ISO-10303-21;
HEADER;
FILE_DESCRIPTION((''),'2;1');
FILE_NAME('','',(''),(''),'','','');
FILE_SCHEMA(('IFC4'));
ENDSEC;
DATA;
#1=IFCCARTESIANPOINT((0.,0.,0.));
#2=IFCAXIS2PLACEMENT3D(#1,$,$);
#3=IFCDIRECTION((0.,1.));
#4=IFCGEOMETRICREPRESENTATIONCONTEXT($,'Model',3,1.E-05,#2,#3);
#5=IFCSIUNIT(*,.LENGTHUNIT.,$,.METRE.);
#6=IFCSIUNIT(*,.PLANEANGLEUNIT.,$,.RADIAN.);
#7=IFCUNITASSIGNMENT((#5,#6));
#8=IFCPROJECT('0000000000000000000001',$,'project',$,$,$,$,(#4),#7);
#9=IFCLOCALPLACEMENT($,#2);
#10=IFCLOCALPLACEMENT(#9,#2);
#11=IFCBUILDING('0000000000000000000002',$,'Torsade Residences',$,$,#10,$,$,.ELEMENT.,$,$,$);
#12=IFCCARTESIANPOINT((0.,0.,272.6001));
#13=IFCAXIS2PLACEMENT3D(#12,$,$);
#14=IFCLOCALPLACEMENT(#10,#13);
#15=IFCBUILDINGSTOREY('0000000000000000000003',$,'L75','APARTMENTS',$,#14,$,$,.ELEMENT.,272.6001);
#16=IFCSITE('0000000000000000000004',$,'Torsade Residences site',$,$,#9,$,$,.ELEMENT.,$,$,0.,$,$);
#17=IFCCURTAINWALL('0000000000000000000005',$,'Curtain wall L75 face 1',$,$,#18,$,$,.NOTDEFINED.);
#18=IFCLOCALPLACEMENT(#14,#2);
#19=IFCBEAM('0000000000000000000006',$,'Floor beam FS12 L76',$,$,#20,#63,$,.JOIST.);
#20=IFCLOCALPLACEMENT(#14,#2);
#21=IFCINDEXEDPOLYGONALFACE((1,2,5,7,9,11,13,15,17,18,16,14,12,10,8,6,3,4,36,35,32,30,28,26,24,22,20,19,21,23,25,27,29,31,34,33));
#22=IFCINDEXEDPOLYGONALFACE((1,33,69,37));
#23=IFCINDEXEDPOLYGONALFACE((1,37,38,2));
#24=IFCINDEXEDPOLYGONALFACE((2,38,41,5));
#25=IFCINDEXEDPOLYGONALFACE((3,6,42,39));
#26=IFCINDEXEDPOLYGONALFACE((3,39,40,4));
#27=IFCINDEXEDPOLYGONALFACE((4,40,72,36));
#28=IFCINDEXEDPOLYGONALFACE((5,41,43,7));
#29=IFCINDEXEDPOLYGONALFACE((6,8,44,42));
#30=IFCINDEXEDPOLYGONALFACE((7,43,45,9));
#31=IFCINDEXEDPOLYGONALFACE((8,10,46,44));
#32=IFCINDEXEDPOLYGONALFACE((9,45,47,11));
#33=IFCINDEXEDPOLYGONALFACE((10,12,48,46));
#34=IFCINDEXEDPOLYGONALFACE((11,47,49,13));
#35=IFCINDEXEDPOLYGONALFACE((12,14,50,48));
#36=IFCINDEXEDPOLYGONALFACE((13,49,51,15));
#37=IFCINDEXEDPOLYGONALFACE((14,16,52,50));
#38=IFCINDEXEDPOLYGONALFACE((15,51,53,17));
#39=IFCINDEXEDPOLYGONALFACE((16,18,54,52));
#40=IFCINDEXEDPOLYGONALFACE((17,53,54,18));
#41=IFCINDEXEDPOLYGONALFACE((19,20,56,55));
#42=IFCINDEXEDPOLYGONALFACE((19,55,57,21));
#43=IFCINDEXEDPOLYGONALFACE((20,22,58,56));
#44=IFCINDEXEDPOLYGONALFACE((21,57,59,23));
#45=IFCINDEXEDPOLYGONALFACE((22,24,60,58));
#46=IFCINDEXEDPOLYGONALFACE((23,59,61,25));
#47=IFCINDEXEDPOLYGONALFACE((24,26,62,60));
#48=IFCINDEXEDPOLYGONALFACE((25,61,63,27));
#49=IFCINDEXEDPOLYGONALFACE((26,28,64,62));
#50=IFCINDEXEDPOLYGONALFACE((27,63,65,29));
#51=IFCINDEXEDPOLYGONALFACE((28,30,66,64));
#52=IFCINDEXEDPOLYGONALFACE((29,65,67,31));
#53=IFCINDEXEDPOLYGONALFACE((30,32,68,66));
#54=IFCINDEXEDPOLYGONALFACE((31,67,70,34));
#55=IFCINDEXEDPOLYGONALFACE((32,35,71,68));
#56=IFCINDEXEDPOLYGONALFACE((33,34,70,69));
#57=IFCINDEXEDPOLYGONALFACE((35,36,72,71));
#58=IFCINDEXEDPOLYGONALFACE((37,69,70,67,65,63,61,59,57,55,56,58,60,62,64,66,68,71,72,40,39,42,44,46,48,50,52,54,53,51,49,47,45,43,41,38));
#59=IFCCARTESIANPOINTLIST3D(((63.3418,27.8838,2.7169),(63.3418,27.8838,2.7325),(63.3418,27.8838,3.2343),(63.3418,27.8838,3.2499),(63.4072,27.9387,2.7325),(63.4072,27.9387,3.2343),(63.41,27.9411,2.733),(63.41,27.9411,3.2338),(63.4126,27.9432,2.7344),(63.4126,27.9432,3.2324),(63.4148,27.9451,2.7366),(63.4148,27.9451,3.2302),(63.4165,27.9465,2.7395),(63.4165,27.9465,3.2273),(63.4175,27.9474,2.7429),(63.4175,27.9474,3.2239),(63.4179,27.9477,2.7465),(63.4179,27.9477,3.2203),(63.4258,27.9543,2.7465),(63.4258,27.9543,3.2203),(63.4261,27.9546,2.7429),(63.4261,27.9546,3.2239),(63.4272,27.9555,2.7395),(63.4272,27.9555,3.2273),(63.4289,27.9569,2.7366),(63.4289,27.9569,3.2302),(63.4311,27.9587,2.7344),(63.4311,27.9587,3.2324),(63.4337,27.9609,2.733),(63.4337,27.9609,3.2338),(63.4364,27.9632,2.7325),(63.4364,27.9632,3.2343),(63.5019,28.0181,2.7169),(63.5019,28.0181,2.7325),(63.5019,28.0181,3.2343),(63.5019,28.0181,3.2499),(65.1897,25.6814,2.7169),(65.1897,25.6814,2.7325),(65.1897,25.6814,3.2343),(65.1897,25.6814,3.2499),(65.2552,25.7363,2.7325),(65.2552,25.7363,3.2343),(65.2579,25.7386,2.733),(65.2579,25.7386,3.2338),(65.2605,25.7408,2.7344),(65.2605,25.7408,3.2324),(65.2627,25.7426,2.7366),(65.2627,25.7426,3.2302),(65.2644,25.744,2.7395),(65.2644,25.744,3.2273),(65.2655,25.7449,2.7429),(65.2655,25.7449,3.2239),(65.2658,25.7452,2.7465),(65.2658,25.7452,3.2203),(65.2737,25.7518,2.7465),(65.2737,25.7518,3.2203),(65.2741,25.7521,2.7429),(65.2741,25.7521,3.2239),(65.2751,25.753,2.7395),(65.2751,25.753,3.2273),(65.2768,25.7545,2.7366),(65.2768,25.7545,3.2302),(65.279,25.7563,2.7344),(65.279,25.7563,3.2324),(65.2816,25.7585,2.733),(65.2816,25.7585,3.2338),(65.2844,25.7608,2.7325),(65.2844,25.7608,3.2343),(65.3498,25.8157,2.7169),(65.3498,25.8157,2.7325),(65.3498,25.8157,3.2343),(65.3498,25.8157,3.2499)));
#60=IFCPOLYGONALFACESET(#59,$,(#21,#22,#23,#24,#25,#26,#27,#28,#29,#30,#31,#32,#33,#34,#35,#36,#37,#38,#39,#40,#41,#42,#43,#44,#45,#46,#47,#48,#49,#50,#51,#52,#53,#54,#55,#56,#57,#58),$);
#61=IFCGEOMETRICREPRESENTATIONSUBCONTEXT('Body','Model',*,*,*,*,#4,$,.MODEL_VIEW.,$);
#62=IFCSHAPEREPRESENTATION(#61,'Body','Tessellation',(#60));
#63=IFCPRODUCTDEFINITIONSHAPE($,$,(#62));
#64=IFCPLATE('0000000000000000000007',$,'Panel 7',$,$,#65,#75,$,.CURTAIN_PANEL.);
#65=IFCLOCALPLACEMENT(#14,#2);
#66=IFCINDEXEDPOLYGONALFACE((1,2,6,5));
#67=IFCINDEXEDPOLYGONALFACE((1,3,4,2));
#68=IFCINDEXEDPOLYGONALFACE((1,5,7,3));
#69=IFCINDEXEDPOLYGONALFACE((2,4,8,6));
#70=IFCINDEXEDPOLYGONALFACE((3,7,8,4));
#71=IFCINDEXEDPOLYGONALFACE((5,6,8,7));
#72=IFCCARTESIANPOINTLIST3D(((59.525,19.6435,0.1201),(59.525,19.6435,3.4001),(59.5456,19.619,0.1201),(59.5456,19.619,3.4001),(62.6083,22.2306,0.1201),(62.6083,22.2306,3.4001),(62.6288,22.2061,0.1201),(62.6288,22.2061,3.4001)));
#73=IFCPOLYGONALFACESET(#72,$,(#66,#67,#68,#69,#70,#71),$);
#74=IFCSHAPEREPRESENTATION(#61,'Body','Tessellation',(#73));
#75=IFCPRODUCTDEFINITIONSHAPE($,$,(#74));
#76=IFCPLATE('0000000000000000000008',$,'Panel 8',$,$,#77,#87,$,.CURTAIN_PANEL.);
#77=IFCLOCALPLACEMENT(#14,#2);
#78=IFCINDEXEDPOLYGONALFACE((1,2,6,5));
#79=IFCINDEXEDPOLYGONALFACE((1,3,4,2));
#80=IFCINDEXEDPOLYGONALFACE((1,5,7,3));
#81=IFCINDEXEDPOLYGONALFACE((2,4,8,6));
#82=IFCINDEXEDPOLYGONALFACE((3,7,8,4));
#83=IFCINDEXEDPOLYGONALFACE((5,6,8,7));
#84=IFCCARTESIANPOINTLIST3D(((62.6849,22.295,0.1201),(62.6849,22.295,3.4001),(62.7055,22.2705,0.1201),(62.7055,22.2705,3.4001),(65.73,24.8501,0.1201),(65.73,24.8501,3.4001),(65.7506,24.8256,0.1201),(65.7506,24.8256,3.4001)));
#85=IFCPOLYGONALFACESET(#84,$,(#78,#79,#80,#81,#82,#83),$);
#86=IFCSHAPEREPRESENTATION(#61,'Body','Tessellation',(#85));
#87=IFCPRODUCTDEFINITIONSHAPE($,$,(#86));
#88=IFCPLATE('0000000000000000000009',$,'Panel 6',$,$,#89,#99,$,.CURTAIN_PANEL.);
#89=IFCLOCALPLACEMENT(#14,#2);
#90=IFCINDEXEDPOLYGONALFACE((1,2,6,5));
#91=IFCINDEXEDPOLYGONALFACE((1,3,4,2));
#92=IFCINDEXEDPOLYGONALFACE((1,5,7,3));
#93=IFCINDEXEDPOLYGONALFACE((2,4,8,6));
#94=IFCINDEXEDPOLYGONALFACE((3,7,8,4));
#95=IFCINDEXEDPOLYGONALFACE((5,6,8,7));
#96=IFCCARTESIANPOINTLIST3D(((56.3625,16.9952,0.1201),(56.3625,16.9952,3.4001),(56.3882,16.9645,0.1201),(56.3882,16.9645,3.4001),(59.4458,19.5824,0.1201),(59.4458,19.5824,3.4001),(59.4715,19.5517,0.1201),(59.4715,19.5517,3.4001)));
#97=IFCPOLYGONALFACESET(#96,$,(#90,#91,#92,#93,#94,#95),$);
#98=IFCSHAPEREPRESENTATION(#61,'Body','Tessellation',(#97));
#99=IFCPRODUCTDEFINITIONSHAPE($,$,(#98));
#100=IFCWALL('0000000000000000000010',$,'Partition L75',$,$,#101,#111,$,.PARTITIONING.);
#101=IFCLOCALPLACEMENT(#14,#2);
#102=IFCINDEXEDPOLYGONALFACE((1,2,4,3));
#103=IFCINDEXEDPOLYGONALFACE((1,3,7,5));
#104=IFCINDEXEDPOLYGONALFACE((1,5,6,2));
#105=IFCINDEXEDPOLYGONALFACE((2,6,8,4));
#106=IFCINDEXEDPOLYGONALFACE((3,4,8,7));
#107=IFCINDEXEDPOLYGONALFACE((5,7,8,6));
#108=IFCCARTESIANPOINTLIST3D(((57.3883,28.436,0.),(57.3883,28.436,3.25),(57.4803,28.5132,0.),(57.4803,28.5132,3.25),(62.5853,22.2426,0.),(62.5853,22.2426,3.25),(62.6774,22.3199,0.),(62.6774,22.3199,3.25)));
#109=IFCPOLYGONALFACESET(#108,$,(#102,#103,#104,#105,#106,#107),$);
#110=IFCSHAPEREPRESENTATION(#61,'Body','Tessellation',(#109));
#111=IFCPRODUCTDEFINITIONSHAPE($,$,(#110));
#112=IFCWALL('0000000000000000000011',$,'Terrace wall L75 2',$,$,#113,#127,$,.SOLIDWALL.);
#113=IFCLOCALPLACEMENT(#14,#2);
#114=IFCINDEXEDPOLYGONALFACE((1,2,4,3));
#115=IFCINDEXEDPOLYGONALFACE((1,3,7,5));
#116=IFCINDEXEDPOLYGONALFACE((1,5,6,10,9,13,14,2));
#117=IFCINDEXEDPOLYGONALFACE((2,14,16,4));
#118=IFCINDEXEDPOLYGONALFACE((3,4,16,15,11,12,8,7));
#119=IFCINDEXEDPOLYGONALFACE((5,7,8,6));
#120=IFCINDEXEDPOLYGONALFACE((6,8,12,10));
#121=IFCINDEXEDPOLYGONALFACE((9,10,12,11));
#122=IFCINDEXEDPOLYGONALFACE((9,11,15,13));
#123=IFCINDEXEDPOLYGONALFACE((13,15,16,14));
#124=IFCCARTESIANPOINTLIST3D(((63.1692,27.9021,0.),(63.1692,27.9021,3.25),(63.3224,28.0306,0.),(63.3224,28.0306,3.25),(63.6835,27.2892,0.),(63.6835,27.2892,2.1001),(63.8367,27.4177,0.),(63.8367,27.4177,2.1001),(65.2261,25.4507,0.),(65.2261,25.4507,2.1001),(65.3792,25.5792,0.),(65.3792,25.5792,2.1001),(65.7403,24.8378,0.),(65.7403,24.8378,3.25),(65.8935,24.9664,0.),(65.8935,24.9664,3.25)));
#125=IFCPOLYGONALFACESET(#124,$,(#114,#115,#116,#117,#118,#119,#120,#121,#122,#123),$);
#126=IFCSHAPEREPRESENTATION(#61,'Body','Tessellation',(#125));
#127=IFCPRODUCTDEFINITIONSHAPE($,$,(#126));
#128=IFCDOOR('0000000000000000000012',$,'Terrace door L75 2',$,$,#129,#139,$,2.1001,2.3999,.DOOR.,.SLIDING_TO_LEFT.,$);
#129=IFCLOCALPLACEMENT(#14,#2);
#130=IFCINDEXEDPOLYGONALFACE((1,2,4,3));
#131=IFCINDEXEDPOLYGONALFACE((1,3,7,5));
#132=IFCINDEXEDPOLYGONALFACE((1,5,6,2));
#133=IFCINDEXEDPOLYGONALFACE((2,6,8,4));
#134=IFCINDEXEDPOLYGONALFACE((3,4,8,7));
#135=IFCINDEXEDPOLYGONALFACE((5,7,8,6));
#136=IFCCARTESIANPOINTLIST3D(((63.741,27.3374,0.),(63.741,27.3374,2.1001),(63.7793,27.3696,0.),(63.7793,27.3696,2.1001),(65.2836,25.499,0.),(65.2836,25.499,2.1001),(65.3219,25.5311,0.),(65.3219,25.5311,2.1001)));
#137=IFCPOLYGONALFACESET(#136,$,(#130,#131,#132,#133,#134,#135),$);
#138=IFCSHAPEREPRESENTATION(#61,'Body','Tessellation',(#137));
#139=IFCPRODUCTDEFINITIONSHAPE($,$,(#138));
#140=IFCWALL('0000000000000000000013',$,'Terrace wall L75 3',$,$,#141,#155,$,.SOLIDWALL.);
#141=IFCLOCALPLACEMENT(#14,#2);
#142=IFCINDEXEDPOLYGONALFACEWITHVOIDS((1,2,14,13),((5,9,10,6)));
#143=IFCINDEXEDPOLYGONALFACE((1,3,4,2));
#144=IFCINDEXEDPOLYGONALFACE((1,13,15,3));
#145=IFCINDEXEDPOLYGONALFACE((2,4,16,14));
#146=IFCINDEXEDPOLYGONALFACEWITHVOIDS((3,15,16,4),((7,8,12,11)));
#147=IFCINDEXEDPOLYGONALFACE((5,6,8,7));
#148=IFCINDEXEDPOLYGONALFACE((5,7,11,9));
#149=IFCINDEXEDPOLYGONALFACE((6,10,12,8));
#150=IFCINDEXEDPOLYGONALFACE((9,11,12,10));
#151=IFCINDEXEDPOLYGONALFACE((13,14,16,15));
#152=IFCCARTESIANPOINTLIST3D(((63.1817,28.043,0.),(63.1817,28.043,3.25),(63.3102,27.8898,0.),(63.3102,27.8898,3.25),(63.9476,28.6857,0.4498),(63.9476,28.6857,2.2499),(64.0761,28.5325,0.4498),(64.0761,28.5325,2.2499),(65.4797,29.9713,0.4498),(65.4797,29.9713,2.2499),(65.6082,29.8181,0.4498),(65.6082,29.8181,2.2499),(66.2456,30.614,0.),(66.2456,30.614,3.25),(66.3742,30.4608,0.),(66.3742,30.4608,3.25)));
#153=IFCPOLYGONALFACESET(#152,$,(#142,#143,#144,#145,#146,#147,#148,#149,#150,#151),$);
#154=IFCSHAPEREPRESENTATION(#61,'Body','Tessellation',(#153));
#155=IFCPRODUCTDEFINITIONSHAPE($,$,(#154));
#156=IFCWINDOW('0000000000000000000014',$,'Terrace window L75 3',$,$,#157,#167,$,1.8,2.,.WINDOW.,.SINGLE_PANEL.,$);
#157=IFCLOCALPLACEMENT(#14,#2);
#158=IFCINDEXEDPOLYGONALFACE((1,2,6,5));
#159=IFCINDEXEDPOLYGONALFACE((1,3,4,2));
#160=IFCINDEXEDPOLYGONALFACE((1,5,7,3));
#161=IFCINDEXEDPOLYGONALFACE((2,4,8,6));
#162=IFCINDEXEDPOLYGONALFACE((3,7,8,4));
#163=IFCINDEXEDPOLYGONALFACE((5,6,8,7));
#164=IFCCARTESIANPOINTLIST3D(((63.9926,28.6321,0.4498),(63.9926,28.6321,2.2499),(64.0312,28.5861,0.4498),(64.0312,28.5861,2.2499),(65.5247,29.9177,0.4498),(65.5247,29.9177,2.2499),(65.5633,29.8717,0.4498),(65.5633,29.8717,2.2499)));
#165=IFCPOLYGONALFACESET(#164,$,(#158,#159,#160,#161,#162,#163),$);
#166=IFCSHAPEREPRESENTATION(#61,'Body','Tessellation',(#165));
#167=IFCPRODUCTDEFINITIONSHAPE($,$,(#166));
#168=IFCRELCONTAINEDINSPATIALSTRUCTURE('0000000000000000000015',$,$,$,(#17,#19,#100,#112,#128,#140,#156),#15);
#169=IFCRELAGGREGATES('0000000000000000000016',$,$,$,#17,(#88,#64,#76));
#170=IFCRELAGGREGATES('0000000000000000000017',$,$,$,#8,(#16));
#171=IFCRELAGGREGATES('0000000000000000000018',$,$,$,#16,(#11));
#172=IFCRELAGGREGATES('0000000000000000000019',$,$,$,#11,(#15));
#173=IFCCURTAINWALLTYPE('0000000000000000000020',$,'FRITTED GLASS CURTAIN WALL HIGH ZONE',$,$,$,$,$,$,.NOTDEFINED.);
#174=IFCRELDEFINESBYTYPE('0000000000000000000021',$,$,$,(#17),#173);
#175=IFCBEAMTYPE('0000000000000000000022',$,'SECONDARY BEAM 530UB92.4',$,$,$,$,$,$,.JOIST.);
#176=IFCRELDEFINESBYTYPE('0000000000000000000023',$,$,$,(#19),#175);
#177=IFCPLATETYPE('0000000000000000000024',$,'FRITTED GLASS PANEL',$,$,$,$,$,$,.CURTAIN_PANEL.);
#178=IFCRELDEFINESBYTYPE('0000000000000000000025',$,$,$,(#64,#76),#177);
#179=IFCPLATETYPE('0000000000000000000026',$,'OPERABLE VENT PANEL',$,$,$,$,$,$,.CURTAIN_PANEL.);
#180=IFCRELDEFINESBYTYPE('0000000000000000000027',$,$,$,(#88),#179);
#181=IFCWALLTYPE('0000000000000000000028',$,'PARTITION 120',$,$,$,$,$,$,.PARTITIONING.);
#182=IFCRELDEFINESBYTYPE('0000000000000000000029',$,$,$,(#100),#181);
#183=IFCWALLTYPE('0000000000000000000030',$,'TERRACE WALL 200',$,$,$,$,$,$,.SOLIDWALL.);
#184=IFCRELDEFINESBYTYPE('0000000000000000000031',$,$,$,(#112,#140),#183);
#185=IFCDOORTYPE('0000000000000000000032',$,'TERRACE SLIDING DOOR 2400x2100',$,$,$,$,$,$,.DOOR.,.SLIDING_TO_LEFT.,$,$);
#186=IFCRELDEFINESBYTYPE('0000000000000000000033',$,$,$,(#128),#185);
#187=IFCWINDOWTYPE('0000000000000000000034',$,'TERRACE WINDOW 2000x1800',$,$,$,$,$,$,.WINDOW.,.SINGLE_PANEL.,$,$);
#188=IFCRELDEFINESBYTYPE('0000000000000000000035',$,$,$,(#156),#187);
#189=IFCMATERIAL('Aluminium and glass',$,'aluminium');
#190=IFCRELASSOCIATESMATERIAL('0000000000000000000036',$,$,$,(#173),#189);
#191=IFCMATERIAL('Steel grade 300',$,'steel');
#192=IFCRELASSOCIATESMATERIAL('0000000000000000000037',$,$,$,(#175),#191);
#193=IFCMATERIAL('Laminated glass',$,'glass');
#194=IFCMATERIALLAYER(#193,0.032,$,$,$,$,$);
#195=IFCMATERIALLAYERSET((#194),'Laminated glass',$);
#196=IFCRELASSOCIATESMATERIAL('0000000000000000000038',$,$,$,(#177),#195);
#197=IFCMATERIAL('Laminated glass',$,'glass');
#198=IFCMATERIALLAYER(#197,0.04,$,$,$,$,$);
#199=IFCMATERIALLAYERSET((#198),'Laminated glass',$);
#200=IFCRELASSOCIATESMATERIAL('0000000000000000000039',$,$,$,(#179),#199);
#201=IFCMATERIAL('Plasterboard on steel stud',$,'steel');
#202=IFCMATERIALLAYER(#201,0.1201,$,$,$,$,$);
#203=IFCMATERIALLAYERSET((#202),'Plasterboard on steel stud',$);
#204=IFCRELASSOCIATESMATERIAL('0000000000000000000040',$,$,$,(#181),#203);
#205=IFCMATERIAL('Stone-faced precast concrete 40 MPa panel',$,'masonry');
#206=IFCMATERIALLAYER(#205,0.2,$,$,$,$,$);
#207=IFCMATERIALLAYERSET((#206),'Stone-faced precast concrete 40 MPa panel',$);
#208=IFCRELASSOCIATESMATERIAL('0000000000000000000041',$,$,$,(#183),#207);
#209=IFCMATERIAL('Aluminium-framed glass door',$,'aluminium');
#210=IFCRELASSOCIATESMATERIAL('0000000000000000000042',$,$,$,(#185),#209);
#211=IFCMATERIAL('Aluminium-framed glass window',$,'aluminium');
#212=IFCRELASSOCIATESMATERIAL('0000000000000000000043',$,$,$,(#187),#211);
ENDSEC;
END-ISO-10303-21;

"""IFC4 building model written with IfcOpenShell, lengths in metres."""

from ifc_helpers import new_model, si_unit, direction, frame, frame_2d, origin, origin_2d, place, context, subcontext, project, spatial, rectangle, i_section, extrude, material, layer, layer_set, material_profile, profile_set, type_object, element, fill, aggregate, save


model = new_model("IFC4")

# Units and contexts
model_context = context("Model", 3, precision=1e-05, world=origin(), true_north=direction((0.0, 1.0)))
body_context = subcontext(model_context, "Body", "Model", "MODEL_VIEW")
ifc_project = project(units=[si_unit("LENGTHUNIT", "METRE"), si_unit("PLANEANGLEUNIT", "RADIAN")], contexts=[model_context])

# Site, building, storey
site_placement = place(None, origin())
site = spatial("IfcSite", under=ifc_project, at=site_placement, Name="Torsade Residences site", CompositionType="ELEMENT", RefElevation=0.0)
building_placement = place(site_placement, origin())
building = spatial("IfcBuilding", under=site, at=building_placement, Name="Torsade Residences", CompositionType="ELEMENT")
storey_placement = place(building_placement, frame((0.0, 0.0, 272.6001)))
storey = spatial("IfcBuildingStorey", under=building, at=storey_placement, Name="L75", Description="APARTMENTS", CompositionType="ELEMENT", Elevation=272.6001)

# Curtain wall
ifc_material_1 = material(Name="Aluminium and glass", Category="aluminium")
curtain_wall_type = type_object("IfcCurtainWallType", Name="FRITTED GLASS CURTAIN WALL HIGH ZONE", PredefinedType="NOTDEFINED", material=ifc_material_1)
curtain_wall_placement = place(storey_placement, origin())
curtain_wall = element("IfcCurtainWall", 1, at=curtain_wall_placement, inside=storey, type_object=curtain_wall_type, Name="Curtain wall L75 face 1", PredefinedType="NOTDEFINED")

# Beam
ifc_material_2 = material(Name="Steel grade 300", Category="steel")
ifc_material_profile_1 = material_profile(ifc_material_2, i_section(OverallWidth=0.209, OverallDepth=0.533, WebThickness=0.0103, FlangeThickness=0.0156, FilletRadius=0.0139, at=origin_2d()), Name="530UB92.4")
ifc_profile_set_1 = profile_set([ifc_material_profile_1], Name="Steel grade 300")
beam_type_1 = type_object("IfcBeamType", Name="SECONDARY BEAM 530UB92.4", PredefinedType="JOIST", material=ifc_profile_set_1)
beam_1_placement = place(storey_placement, frame((65.2698, 25.7485, 2.9834), z_axis=(-0.642762, 0.766066, 0.0), x_axis=(-0.766066, -0.642762, 0.0)))
element("IfcBeam", 2, at=beam_1_placement, inside=storey, type_object=beam_type_1, Name="Floor beam FS12 L76", PredefinedType="JOIST", context=body_context, shape_type="SweptSolid", body=[
    extrude(i_section(OverallWidth=0.209, OverallDepth=0.533, WebThickness=0.0103, FlangeThickness=0.0156, FilletRadius=0.0139, at=origin_2d()), origin(), (0.0, 0.0, 1.0), 2.875),
])

# Plates
ifc_material_3 = material(Name="Laminated glass", Category="glass")
ifc_layer_1 = layer(ifc_material_3, 0.032)
ifc_layer_set_1 = layer_set([ifc_layer_1], Name="Laminated glass")
plate_type_1 = type_object("IfcPlateType", Name="FRITTED GLASS PANEL", PredefinedType="CURTAIN_PANEL", material=ifc_layer_set_1)
plate_1_placement = place(storey_placement, frame((61.0769, 20.9248, 0.1201), z_axis=(0.0, 0.0, 1.0), x_axis=(0.766044, 0.642788, 0.0)))
plate_1 = element("IfcPlate", 3, at=plate_1_placement, type_object=plate_type_1, Name="Panel 7", PredefinedType="CURTAIN_PANEL", context=body_context, shape_type="SweptSolid", body=[
    extrude(rectangle(XDim=4.0249, YDim=0.032, at=origin_2d()), origin(), (0.0, 0.0, 1.0), 3.28),
])
plate_2_placement = place(storey_placement, frame((64.2178, 23.5603, 0.1201), z_axis=(0.0, 0.0, 1.0), x_axis=(0.766044, 0.642788, 0.0)))
plate_2 = element("IfcPlate", 4, at=plate_2_placement, type_object=plate_type_1, Name="Panel 8", PredefinedType="CURTAIN_PANEL", context=body_context, shape_type="SweptSolid", body=[
    extrude(rectangle(XDim=3.9751, YDim=0.032, at=origin_2d()), origin(), (0.0, 0.0, 1.0), 3.28),
])
ifc_material_4 = material(Name="Laminated glass", Category="glass")
ifc_layer_2 = layer(ifc_material_4, 0.04)
ifc_layer_set_2 = layer_set([ifc_layer_2], Name="Laminated glass")
plate_type_2 = type_object("IfcPlateType", Name="OPERABLE VENT PANEL", PredefinedType="CURTAIN_PANEL", material=ifc_layer_set_2)
plate_3_placement = place(storey_placement, frame((57.917, 18.2734, 0.1201), z_axis=(0.0, 0.0, 1.0), x_axis=(0.766044, 0.642788, 0.0)))
plate_3 = element("IfcPlate", 5, at=plate_3_placement, type_object=plate_type_2, Name="Panel 6", PredefinedType="CURTAIN_PANEL", context=body_context, shape_type="SweptSolid", body=[
    extrude(rectangle(XDim=4.0249, YDim=0.04, at=origin_2d()), origin(), (0.0, 0.0, 1.0), 3.28),
])
aggregate(curtain_wall, [plate_3, plate_1, plate_2])

# Wall
ifc_material_5 = material(Name="Plasterboard on steel stud", Category="steel")
ifc_layer_3 = layer(ifc_material_5, 0.1201)
ifc_layer_set_3 = layer_set([ifc_layer_3], Name="Plasterboard on steel stud")
wall_type_1 = type_object("IfcWallType", Name="PARTITION 120", PredefinedType="PARTITIONING", material=ifc_layer_set_3)
wall_1_placement = place(storey_placement, frame((62.6313, 22.2812, 0.0), z_axis=(0.0, 0.0, 1.0), x_axis=(-0.6428, 0.766034, 0.0)))
element("IfcWall", 6, at=wall_1_placement, inside=storey, type_object=wall_type_1, Name="Partition L75", PredefinedType="PARTITIONING", context=body_context, shape_type="SweptSolid", body=[
    extrude(rectangle(XDim=8.085, YDim=0.1201, at=frame_2d((4.0425, 0.0))), origin(), (0.0, 0.0, 1.0), 3.25),
])

# Wall, opening, door
ifc_material_6 = material(Name="Stone-faced precast concrete 40 MPa panel", Category="masonry")
ifc_layer_4 = layer(ifc_material_6, 0.2)
ifc_layer_set_4 = layer_set([ifc_layer_4], Name="Stone-faced precast concrete 40 MPa panel")
wall_type_2 = type_object("IfcWallType", Name="TERRACE WALL 200", PredefinedType="SOLIDWALL", material=ifc_layer_set_4)
wall_2_placement = place(storey_placement, frame((65.8169, 24.9021, 0.0), z_axis=(0.0, 0.0, 1.0), x_axis=(-0.642768, 0.766061, 0.0)))
wall_2 = element("IfcWall", 7, at=wall_2_placement, inside=storey, type_object=wall_type_2, Name="Terrace wall L75 2", PredefinedType="SOLIDWALL", context=body_context, shape_type="SweptSolid", body=[
    extrude(rectangle(XDim=4.0, YDim=0.2, at=frame_2d((2.0, 0.0))), origin(), (0.0, 0.0, 1.0), 3.25),
])
opening_1_placement = place(wall_2_placement, frame((0.8, 0.0, 0.0)))
opening_1 = element("IfcOpeningElement", 8, at=opening_1_placement, cuts=wall_2, PredefinedType="OPENING", context=body_context, shape_type="SweptSolid", body=[
    extrude(rectangle(XDim=2.3999, YDim=2.1001, at=frame_2d((1.2, 1.05))), frame((0.0, 0.1099, 0.0), z_axis=(0.0, -1.0, 0.0), x_axis=(1.0, 0.0, 0.0)), (0.0, 0.0, 1.0), 0.22),
])
ifc_material_7 = material(Name="Aluminium-framed glass door", Category="aluminium")
door_type = type_object("IfcDoorType", Name="TERRACE SLIDING DOOR 2400x2100", OperationType="SLIDING_TO_LEFT", PredefinedType="DOOR", material=ifc_material_7)
door_placement = place(opening_1_placement, origin())
door = element("IfcDoor", 9, at=door_placement, inside=storey, type_object=door_type, Name="Terrace door L75 2", OperationType="SLIDING_TO_LEFT", OverallHeight=2.1001, OverallWidth=2.3999, PredefinedType="DOOR", context=body_context, shape_type="SweptSolid", body=[
    extrude(rectangle(XDim=2.3999, YDim=2.1001, at=frame_2d((1.2, 1.05))), frame((0.0, 0.0249, 0.0), z_axis=(0.0, -1.0, 0.0), x_axis=(1.0, 0.0, 0.0)), (0.0, 0.0, 1.0), 0.05),
])
fill(opening_1, door)

# Wall, opening, window
wall_3_placement = place(storey_placement, frame((63.2458, 27.9663, 0.0), z_axis=(0.0, 0.0, 1.0), x_axis=(0.766035, 0.642798, 0.0)))
wall_3 = element("IfcWall", 10, at=wall_3_placement, inside=storey, type_object=wall_type_2, Name="Terrace wall L75 3", PredefinedType="SOLIDWALL", context=body_context, shape_type="SweptSolid", body=[
    extrude(rectangle(XDim=3.9998, YDim=0.2, at=frame_2d((2.0, 0.0))), origin(), (0.0, 0.0, 1.0), 3.25),
])
opening_2_placement = place(wall_3_placement, frame((1.0, 0.0, 0.45)))
opening_2 = element("IfcOpeningElement", 11, at=opening_2_placement, cuts=wall_3, PredefinedType="OPENING", context=body_context, shape_type="SweptSolid", body=[
    extrude(rectangle(XDim=2.0, YDim=1.8, at=frame_2d((1.0, 0.8999))), frame((0.0, 0.1099, 0.0), z_axis=(0.0, -1.0, 0.0), x_axis=(1.0, 0.0, 0.0)), (0.0, 0.0, 1.0), 0.22),
])
ifc_material_8 = material(Name="Aluminium-framed glass window", Category="aluminium")
window_type = type_object("IfcWindowType", Name="TERRACE WINDOW 2000x1800", PartitioningType="SINGLE_PANEL", PredefinedType="WINDOW", material=ifc_material_8)
window_placement = place(opening_2_placement, origin())
window = element("IfcWindow", 12, at=window_placement, inside=storey, type_object=window_type, Name="Terrace window L75 3", OverallHeight=1.8, OverallWidth=2.0, PartitioningType="SINGLE_PANEL", PredefinedType="WINDOW", context=body_context, shape_type="SweptSolid", body=[
    extrude(rectangle(XDim=2.0, YDim=1.8, at=frame_2d((1.0, 0.8999))), frame((0.0, 0.03, 0.0), z_axis=(0.0, -1.0, 0.0), x_axis=(1.0, 0.0, 0.0)), (0.0, 0.0, 1.0), 0.0601),
])
fill(opening_2, window)

save(model, "model.ifc")
